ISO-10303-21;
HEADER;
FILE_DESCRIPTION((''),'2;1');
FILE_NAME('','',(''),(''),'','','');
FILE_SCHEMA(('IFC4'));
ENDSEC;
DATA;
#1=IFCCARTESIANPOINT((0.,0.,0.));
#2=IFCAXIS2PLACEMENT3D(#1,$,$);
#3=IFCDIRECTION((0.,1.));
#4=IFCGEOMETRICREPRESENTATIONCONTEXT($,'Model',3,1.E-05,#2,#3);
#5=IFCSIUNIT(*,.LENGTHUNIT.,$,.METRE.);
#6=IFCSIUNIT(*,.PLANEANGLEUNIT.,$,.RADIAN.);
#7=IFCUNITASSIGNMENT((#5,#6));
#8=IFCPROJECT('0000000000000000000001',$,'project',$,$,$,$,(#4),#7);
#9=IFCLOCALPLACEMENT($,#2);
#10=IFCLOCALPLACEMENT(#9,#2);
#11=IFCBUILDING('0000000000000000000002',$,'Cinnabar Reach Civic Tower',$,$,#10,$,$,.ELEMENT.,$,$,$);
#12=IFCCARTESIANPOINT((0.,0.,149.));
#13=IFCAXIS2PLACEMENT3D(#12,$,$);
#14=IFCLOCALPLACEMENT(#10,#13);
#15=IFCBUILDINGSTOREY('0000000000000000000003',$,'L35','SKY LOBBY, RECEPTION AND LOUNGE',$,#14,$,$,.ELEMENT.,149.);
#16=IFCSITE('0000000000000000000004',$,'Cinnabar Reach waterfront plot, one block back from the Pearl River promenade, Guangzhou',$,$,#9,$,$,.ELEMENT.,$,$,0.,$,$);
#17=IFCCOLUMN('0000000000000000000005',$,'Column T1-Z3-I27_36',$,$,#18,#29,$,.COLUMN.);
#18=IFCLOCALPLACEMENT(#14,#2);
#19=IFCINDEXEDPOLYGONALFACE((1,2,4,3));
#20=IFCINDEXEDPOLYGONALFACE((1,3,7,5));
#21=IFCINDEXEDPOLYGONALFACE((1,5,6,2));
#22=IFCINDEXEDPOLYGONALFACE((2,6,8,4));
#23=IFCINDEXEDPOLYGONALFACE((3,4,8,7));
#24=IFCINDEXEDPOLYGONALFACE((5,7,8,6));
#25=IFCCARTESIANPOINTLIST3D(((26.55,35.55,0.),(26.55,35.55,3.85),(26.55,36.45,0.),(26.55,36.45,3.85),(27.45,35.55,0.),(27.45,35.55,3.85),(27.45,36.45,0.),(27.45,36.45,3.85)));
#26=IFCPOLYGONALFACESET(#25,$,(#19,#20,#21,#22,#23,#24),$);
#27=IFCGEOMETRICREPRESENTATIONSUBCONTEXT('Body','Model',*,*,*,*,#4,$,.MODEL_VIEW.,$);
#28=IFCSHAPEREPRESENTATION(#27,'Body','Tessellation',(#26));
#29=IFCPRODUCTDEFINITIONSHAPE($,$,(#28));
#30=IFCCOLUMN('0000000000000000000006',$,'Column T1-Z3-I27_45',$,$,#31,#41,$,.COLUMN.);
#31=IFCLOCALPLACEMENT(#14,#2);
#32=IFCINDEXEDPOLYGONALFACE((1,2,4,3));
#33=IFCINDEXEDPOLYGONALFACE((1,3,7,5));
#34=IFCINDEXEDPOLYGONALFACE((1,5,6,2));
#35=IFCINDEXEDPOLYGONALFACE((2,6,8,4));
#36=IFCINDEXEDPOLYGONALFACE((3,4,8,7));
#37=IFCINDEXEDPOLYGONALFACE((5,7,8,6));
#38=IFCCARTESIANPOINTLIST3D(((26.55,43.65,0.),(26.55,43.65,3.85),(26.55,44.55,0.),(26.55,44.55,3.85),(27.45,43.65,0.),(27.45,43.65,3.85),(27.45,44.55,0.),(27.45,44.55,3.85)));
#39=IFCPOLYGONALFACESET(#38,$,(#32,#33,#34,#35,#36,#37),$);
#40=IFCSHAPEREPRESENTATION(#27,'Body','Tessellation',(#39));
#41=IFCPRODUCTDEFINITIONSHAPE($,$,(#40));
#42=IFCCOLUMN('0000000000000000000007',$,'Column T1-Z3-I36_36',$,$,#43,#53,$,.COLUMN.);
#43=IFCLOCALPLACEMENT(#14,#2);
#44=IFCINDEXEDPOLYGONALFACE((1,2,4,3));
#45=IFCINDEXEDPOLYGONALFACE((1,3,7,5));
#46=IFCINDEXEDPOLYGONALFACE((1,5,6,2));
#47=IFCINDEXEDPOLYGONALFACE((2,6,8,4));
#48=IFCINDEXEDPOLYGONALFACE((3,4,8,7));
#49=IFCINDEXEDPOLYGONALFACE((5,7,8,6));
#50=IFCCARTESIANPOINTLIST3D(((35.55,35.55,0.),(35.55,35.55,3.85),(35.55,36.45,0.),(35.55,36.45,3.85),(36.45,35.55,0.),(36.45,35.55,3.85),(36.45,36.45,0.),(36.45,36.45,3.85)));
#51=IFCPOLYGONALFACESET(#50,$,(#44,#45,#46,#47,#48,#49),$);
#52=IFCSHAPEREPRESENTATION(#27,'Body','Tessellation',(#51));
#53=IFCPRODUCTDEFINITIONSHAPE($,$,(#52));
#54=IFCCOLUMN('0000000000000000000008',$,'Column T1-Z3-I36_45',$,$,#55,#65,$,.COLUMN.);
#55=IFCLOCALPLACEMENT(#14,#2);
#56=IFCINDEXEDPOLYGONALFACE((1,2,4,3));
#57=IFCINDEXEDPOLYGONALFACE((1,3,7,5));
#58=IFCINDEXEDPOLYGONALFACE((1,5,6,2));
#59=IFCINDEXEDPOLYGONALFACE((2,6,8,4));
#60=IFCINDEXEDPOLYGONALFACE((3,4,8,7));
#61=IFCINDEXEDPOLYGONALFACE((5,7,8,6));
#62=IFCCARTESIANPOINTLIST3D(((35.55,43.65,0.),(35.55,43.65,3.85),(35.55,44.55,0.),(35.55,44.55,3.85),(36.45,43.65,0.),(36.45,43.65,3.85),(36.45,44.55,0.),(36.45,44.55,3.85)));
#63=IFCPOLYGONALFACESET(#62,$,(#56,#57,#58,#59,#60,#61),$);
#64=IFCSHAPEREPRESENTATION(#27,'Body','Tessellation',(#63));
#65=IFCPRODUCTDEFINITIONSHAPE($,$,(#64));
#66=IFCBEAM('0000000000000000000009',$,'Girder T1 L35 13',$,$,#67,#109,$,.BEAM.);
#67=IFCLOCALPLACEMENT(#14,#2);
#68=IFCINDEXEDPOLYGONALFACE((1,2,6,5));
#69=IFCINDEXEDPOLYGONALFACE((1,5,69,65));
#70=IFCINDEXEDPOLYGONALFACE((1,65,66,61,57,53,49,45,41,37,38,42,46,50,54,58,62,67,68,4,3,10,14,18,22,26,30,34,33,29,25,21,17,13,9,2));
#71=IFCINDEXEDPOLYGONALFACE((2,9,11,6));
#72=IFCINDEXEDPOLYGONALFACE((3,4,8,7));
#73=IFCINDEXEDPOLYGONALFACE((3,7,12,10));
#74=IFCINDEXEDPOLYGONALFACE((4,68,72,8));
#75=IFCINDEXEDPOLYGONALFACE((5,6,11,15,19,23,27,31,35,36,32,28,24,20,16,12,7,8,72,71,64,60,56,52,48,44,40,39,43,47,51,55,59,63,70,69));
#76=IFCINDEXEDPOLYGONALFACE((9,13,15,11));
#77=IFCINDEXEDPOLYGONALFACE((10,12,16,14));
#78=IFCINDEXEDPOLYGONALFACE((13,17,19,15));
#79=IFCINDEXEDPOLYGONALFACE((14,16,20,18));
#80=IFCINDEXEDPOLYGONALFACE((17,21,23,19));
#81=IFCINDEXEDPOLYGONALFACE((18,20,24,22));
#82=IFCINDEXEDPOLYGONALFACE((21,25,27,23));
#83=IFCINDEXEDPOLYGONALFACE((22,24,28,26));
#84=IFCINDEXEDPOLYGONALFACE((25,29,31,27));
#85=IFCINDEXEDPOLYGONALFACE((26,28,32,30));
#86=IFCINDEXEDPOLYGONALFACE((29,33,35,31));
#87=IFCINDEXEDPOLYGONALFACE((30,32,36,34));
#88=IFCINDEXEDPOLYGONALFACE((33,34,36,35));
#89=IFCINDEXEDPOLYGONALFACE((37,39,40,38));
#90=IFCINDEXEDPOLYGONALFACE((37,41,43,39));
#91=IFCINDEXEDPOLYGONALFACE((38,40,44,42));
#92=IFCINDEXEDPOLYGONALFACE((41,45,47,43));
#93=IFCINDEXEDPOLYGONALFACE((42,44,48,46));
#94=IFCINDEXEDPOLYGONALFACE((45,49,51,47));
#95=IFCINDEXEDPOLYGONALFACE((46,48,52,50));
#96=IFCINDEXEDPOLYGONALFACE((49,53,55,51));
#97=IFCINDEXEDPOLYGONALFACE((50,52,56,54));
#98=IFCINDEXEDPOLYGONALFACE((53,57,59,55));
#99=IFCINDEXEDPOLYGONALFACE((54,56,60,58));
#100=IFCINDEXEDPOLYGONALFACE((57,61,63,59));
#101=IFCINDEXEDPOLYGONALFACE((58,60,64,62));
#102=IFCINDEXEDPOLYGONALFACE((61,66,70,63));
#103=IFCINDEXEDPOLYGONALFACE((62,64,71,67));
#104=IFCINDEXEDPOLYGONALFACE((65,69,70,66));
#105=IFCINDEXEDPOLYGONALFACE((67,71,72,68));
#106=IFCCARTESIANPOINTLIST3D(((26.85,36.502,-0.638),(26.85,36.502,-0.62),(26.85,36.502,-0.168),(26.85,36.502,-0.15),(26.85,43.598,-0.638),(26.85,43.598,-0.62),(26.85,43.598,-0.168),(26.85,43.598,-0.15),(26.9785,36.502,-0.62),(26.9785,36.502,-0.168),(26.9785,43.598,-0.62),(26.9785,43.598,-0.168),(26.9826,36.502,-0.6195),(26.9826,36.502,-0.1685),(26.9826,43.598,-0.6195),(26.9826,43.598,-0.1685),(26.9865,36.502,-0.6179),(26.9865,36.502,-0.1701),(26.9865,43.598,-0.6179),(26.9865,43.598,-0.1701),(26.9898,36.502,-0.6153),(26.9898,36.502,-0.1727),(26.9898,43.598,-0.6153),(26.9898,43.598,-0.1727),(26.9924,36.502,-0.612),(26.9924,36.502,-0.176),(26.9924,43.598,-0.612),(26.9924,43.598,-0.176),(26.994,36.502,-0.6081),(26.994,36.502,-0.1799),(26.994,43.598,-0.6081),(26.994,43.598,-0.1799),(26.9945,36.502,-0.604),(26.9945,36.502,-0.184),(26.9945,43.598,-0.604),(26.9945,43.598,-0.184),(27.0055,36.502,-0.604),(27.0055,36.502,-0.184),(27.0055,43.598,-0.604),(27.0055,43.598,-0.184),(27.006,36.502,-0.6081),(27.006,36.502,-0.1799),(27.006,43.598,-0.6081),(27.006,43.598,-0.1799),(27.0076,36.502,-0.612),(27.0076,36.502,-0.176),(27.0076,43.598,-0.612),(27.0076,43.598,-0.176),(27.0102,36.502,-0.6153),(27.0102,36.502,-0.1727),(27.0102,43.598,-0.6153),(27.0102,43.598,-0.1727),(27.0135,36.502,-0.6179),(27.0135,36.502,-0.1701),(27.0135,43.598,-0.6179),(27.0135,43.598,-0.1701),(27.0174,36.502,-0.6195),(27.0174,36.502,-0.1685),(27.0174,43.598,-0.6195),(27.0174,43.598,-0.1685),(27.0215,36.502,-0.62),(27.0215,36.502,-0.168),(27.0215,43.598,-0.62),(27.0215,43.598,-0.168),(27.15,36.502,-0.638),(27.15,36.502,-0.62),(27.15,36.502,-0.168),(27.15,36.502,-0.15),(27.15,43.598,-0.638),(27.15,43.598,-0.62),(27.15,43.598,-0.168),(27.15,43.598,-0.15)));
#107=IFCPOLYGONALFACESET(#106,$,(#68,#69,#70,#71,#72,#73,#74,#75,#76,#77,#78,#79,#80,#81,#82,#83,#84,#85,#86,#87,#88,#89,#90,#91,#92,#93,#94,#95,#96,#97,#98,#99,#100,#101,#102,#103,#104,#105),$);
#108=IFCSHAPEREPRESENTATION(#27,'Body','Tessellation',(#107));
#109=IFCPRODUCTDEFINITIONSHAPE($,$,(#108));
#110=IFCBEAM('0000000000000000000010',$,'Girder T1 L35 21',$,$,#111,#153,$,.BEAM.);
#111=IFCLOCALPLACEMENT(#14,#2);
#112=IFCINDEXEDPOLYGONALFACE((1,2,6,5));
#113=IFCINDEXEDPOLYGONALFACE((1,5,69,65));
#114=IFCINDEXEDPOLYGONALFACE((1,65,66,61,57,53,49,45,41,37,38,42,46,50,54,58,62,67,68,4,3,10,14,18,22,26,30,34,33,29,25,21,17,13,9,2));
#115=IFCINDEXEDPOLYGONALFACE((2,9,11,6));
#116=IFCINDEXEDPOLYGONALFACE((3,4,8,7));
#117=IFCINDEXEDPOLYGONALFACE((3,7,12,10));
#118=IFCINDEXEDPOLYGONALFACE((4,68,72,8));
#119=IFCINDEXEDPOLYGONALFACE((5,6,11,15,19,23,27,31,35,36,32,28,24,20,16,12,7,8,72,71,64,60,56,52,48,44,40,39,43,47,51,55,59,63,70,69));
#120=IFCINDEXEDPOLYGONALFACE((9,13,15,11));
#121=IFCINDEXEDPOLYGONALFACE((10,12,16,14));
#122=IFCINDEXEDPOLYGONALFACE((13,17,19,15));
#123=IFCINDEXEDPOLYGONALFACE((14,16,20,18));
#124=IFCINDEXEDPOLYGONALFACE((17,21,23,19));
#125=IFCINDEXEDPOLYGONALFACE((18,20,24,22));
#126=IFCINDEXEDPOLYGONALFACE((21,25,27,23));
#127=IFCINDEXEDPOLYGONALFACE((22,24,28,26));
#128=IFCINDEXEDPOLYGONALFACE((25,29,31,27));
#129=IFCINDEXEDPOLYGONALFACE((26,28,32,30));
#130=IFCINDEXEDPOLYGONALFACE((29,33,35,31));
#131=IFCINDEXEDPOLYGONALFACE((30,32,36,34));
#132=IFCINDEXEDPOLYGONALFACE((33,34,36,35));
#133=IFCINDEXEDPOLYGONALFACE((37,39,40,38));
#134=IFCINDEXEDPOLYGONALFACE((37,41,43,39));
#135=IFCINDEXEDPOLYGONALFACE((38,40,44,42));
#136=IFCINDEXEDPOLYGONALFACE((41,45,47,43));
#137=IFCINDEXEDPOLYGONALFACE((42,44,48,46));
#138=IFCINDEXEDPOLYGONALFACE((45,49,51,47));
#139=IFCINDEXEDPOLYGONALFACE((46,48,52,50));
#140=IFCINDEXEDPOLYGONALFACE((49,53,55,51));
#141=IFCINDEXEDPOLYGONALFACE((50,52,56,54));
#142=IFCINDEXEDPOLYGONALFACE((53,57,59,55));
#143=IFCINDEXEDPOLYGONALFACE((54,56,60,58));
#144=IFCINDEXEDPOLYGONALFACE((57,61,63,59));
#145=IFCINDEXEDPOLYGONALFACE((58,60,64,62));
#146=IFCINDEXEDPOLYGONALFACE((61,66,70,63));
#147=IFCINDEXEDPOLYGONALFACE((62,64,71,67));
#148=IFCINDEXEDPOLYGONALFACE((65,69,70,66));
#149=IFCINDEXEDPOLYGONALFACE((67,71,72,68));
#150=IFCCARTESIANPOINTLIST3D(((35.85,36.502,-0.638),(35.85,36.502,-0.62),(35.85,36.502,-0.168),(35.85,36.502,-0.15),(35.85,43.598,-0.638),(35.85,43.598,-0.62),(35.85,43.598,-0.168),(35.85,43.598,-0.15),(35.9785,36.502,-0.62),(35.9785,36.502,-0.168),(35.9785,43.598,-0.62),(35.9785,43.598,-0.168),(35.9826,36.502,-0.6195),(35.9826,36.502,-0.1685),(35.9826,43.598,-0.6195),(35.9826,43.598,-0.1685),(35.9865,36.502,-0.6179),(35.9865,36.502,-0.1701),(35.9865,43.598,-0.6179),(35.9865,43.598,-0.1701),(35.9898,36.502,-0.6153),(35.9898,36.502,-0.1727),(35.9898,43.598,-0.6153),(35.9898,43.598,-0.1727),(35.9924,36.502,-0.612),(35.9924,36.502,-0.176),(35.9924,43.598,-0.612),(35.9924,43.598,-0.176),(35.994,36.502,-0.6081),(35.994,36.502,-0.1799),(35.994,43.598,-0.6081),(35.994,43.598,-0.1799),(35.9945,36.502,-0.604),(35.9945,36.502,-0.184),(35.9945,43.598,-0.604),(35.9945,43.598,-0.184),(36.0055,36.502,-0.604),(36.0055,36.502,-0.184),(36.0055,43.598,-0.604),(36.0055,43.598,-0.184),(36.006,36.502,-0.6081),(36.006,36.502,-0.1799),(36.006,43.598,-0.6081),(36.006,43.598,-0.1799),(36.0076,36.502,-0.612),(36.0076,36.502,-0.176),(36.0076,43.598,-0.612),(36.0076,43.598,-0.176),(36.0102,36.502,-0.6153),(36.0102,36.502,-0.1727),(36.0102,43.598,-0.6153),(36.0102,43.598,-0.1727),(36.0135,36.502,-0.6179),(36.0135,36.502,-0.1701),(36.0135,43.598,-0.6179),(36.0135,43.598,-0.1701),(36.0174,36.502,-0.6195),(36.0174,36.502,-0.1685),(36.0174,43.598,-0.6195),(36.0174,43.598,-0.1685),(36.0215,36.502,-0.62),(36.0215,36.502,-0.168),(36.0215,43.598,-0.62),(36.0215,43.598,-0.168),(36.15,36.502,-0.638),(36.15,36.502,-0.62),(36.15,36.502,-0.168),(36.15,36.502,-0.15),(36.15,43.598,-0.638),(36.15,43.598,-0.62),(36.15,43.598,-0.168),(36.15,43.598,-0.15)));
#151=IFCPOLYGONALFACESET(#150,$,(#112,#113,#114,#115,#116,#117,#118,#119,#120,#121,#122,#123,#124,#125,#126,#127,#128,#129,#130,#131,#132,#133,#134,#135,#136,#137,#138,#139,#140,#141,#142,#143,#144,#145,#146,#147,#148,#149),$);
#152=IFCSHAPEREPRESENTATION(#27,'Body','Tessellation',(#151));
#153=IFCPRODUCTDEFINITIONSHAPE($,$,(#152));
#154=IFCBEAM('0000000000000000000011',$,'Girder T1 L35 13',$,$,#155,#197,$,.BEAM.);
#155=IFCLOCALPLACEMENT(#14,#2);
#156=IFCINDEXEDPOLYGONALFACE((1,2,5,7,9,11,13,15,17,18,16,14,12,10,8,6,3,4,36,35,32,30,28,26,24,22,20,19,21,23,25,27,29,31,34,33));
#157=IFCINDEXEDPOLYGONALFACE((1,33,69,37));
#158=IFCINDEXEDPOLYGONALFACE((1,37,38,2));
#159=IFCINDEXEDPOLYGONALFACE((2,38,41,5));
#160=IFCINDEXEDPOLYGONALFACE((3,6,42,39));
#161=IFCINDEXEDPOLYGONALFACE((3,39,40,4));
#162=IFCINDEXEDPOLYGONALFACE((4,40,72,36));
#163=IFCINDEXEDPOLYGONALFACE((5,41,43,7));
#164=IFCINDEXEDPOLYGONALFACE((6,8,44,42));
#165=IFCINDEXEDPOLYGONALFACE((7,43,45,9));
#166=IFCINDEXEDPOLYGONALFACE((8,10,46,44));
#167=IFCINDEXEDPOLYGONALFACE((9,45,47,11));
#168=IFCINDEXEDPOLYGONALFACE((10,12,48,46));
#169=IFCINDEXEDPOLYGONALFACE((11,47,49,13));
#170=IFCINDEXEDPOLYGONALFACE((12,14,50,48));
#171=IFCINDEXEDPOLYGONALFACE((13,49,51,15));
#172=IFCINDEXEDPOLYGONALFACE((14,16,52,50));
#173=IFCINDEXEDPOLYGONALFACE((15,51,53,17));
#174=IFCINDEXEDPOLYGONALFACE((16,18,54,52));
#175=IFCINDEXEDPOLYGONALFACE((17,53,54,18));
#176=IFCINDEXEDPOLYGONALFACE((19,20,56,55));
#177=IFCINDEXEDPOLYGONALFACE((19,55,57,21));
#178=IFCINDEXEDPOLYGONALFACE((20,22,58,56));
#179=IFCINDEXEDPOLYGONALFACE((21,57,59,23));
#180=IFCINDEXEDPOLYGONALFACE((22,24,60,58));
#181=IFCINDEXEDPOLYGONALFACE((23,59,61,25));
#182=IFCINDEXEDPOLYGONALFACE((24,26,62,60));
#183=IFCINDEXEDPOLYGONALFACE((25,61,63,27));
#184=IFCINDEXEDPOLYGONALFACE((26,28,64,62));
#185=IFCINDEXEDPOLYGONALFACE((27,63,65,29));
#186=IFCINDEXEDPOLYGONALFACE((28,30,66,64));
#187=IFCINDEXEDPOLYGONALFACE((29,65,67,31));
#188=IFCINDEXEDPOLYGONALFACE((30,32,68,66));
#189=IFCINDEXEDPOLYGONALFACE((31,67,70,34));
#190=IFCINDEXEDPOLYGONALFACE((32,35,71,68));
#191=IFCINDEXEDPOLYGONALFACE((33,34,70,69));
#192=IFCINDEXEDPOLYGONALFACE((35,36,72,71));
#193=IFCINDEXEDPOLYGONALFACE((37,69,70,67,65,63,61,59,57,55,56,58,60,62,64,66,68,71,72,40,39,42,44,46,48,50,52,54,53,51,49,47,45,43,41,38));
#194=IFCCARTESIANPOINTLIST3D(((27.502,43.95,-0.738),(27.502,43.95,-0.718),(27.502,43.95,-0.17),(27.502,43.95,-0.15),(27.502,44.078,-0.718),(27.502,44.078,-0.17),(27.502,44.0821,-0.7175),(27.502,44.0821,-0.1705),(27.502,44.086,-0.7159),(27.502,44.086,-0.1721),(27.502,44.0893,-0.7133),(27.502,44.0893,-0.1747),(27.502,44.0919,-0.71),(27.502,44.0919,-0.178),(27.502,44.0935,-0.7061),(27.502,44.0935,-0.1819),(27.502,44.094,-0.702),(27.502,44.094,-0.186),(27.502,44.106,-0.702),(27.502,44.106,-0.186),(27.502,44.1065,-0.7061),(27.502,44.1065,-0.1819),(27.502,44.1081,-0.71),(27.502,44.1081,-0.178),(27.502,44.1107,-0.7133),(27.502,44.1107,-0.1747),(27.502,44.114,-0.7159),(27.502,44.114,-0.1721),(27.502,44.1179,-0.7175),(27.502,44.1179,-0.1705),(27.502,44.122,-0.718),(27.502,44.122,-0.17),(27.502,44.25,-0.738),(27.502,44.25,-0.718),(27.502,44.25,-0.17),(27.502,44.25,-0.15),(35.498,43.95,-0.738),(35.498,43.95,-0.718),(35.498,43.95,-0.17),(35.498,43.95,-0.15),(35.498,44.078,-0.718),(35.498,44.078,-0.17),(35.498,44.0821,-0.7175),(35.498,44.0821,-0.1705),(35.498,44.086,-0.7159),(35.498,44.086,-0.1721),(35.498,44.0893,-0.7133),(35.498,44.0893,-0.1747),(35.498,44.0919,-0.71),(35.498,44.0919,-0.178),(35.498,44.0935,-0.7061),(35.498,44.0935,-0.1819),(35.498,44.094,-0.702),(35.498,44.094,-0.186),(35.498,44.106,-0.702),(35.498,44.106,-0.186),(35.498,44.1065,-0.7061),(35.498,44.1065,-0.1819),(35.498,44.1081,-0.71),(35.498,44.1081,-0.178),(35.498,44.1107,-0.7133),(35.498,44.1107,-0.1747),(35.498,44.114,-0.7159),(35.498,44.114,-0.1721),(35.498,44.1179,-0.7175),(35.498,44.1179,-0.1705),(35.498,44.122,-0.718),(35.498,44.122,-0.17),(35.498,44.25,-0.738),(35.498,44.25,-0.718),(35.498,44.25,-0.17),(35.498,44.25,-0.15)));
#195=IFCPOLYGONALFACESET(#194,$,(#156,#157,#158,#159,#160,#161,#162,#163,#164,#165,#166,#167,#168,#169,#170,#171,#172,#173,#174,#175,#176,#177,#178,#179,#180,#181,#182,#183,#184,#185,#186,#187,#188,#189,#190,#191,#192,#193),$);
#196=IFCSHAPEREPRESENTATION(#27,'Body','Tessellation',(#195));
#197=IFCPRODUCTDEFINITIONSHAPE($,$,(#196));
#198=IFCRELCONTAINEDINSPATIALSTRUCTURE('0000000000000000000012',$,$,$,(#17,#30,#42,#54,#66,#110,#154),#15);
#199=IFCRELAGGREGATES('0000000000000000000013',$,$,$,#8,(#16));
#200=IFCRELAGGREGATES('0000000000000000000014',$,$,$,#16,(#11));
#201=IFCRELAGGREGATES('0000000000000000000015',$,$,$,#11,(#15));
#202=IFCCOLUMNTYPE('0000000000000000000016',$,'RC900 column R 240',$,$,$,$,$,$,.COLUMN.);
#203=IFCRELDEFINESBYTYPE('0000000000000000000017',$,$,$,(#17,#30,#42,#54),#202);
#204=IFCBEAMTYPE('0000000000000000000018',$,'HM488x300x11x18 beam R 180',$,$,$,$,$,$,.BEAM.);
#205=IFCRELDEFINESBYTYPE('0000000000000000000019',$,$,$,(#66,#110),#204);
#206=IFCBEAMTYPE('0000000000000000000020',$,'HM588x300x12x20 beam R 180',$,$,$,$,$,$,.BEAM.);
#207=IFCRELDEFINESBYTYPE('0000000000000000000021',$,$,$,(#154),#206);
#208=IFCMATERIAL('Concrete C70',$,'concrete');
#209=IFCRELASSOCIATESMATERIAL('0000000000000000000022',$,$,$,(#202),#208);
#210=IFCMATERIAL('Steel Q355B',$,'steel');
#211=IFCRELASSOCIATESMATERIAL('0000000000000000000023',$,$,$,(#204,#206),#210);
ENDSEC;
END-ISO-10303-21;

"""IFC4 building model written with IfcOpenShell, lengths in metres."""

from ifc_helpers import new_model, si_unit, direction, frame, origin, origin_2d, place, context, subcontext, project, spatial, rectangle, i_section, extrude, material, material_profile, profile_set, type_object, element, save


model = new_model("IFC4")

# Units and contexts
model_context = context("Model", 3, precision=1e-05, world=origin(), true_north=direction((0.0, 1.0)))
body_context = subcontext(model_context, "Body", "Model", "MODEL_VIEW")
ifc_project = project(units=[si_unit("LENGTHUNIT", "METRE"), si_unit("PLANEANGLEUNIT", "RADIAN")], contexts=[model_context])

# Site, building, storey
site_placement = place(None, origin())
site = spatial("IfcSite", under=ifc_project, at=site_placement, Name="Cinnabar Reach waterfront plot, one block back from the Pearl River promenade, Guangzhou", CompositionType="ELEMENT", RefElevation=0.0)
building_placement = place(site_placement, origin())
building = spatial("IfcBuilding", under=site, at=building_placement, Name="Cinnabar Reach Civic Tower", CompositionType="ELEMENT")
storey_placement = place(building_placement, frame((0.0, 0.0, 149.0)))
storey = spatial("IfcBuildingStorey", under=building, at=storey_placement, Name="L35", Description="SKY LOBBY, RECEPTION AND LOUNGE", CompositionType="ELEMENT", Elevation=149.0)

# Columns
ifc_material_1 = material(Name="Concrete C70", Category="concrete")
ifc_material_profile_1 = material_profile(ifc_material_1, rectangle(XDim=0.9, YDim=0.9, at=origin_2d()), Name="RC900")
ifc_profile_set_1 = profile_set([ifc_material_profile_1], Name="Concrete C70")
column_type = type_object("IfcColumnType", Name="RC900 column R 240", PredefinedType="COLUMN", material=ifc_profile_set_1)
for number, where, z_axis, x_axis, name in (
    (1, (27.0, 36.0, 0.0), (0.0, 0.0, 1.0), (1.0, 0.0, 0.0), "Column T1-Z3-I27_36"),
    (2, (27.0, 44.1, 0.0), (0.0, 0.0, 1.0), (1.0, 0.0, 0.0), "Column T1-Z3-I27_45"),
    (3, (36.0, 36.0, 0.0), (0.0, 0.0, 1.0), (1.0, 0.0, 0.0), "Column T1-Z3-I36_36"),
    (4, (36.0, 44.1, 0.0), (0.0, 0.0, 1.0), (1.0, 0.0, 0.0), "Column T1-Z3-I36_45"),
):
    element("IfcColumn", number, at=place(storey_placement, frame(where, z_axis=z_axis, x_axis=x_axis)), inside=storey, type_object=column_type, Name=name, PredefinedType="COLUMN", context=body_context, shape_type="SweptSolid", body=[
        extrude(rectangle(XDim=0.9, YDim=0.9, at=origin_2d()), origin(), (0.0, 0.0, 1.0), 3.85),
    ])

# Beams
ifc_material_2 = material(Name="Steel Q355B", Category="steel")
ifc_material_profile_2 = material_profile(ifc_material_2, i_section(OverallWidth=0.3, OverallDepth=0.488, WebThickness=0.011, FlangeThickness=0.018, FilletRadius=0.016, at=origin_2d()), Name="HM488x300x11x18")
ifc_profile_set_2 = profile_set([ifc_material_profile_2], Name="Steel Q355B")
beam_type_1 = type_object("IfcBeamType", Name="HM488x300x11x18 beam R 180", PredefinedType="BEAM", material=ifc_profile_set_2)
for number, where, z_axis, x_axis, name in (
    (5, (27.0, 36.502, -0.394), (0.0, 1.0, 0.0), (-1.0, 0.0, 0.0), "Girder T1 L35 13"),
    (6, (36.0, 36.502, -0.394), (0.0, 1.0, 0.0), (-1.0, 0.0, 0.0), "Girder T1 L35 21"),
):
    element("IfcBeam", number, at=place(storey_placement, frame(where, z_axis=z_axis, x_axis=x_axis)), inside=storey, type_object=beam_type_1, Name=name, PredefinedType="BEAM", context=body_context, shape_type="SweptSolid", body=[
        extrude(i_section(OverallWidth=0.3, OverallDepth=0.488, WebThickness=0.011, FlangeThickness=0.018, FilletRadius=0.016, at=origin_2d()), origin(), (0.0, 0.0, 1.0), 7.096),
    ])
ifc_material_profile_3 = material_profile(ifc_material_2, i_section(OverallWidth=0.3, OverallDepth=0.588, WebThickness=0.012, FlangeThickness=0.02, FilletRadius=0.016, at=origin_2d()), Name="HM588x300x12x20")
ifc_profile_set_3 = profile_set([ifc_material_profile_3], Name="Steel Q355B")
beam_type_2 = type_object("IfcBeamType", Name="HM588x300x12x20 beam R 180", PredefinedType="BEAM", material=ifc_profile_set_3)
beam_1_placement = place(storey_placement, frame((27.502, 44.1, -0.444), z_axis=(1.0, 0.0, 0.0), x_axis=(0.0, 1.0, 0.0)))
element("IfcBeam", 7, at=beam_1_placement, inside=storey, type_object=beam_type_2, Name="Girder T1 L35 13", PredefinedType="BEAM", context=body_context, shape_type="SweptSolid", body=[
    extrude(i_section(OverallWidth=0.3, OverallDepth=0.588, WebThickness=0.012, FlangeThickness=0.02, FilletRadius=0.016, at=origin_2d()), origin(), (0.0, 0.0, 1.0), 7.996),
])

save(model, "model.ifc")
